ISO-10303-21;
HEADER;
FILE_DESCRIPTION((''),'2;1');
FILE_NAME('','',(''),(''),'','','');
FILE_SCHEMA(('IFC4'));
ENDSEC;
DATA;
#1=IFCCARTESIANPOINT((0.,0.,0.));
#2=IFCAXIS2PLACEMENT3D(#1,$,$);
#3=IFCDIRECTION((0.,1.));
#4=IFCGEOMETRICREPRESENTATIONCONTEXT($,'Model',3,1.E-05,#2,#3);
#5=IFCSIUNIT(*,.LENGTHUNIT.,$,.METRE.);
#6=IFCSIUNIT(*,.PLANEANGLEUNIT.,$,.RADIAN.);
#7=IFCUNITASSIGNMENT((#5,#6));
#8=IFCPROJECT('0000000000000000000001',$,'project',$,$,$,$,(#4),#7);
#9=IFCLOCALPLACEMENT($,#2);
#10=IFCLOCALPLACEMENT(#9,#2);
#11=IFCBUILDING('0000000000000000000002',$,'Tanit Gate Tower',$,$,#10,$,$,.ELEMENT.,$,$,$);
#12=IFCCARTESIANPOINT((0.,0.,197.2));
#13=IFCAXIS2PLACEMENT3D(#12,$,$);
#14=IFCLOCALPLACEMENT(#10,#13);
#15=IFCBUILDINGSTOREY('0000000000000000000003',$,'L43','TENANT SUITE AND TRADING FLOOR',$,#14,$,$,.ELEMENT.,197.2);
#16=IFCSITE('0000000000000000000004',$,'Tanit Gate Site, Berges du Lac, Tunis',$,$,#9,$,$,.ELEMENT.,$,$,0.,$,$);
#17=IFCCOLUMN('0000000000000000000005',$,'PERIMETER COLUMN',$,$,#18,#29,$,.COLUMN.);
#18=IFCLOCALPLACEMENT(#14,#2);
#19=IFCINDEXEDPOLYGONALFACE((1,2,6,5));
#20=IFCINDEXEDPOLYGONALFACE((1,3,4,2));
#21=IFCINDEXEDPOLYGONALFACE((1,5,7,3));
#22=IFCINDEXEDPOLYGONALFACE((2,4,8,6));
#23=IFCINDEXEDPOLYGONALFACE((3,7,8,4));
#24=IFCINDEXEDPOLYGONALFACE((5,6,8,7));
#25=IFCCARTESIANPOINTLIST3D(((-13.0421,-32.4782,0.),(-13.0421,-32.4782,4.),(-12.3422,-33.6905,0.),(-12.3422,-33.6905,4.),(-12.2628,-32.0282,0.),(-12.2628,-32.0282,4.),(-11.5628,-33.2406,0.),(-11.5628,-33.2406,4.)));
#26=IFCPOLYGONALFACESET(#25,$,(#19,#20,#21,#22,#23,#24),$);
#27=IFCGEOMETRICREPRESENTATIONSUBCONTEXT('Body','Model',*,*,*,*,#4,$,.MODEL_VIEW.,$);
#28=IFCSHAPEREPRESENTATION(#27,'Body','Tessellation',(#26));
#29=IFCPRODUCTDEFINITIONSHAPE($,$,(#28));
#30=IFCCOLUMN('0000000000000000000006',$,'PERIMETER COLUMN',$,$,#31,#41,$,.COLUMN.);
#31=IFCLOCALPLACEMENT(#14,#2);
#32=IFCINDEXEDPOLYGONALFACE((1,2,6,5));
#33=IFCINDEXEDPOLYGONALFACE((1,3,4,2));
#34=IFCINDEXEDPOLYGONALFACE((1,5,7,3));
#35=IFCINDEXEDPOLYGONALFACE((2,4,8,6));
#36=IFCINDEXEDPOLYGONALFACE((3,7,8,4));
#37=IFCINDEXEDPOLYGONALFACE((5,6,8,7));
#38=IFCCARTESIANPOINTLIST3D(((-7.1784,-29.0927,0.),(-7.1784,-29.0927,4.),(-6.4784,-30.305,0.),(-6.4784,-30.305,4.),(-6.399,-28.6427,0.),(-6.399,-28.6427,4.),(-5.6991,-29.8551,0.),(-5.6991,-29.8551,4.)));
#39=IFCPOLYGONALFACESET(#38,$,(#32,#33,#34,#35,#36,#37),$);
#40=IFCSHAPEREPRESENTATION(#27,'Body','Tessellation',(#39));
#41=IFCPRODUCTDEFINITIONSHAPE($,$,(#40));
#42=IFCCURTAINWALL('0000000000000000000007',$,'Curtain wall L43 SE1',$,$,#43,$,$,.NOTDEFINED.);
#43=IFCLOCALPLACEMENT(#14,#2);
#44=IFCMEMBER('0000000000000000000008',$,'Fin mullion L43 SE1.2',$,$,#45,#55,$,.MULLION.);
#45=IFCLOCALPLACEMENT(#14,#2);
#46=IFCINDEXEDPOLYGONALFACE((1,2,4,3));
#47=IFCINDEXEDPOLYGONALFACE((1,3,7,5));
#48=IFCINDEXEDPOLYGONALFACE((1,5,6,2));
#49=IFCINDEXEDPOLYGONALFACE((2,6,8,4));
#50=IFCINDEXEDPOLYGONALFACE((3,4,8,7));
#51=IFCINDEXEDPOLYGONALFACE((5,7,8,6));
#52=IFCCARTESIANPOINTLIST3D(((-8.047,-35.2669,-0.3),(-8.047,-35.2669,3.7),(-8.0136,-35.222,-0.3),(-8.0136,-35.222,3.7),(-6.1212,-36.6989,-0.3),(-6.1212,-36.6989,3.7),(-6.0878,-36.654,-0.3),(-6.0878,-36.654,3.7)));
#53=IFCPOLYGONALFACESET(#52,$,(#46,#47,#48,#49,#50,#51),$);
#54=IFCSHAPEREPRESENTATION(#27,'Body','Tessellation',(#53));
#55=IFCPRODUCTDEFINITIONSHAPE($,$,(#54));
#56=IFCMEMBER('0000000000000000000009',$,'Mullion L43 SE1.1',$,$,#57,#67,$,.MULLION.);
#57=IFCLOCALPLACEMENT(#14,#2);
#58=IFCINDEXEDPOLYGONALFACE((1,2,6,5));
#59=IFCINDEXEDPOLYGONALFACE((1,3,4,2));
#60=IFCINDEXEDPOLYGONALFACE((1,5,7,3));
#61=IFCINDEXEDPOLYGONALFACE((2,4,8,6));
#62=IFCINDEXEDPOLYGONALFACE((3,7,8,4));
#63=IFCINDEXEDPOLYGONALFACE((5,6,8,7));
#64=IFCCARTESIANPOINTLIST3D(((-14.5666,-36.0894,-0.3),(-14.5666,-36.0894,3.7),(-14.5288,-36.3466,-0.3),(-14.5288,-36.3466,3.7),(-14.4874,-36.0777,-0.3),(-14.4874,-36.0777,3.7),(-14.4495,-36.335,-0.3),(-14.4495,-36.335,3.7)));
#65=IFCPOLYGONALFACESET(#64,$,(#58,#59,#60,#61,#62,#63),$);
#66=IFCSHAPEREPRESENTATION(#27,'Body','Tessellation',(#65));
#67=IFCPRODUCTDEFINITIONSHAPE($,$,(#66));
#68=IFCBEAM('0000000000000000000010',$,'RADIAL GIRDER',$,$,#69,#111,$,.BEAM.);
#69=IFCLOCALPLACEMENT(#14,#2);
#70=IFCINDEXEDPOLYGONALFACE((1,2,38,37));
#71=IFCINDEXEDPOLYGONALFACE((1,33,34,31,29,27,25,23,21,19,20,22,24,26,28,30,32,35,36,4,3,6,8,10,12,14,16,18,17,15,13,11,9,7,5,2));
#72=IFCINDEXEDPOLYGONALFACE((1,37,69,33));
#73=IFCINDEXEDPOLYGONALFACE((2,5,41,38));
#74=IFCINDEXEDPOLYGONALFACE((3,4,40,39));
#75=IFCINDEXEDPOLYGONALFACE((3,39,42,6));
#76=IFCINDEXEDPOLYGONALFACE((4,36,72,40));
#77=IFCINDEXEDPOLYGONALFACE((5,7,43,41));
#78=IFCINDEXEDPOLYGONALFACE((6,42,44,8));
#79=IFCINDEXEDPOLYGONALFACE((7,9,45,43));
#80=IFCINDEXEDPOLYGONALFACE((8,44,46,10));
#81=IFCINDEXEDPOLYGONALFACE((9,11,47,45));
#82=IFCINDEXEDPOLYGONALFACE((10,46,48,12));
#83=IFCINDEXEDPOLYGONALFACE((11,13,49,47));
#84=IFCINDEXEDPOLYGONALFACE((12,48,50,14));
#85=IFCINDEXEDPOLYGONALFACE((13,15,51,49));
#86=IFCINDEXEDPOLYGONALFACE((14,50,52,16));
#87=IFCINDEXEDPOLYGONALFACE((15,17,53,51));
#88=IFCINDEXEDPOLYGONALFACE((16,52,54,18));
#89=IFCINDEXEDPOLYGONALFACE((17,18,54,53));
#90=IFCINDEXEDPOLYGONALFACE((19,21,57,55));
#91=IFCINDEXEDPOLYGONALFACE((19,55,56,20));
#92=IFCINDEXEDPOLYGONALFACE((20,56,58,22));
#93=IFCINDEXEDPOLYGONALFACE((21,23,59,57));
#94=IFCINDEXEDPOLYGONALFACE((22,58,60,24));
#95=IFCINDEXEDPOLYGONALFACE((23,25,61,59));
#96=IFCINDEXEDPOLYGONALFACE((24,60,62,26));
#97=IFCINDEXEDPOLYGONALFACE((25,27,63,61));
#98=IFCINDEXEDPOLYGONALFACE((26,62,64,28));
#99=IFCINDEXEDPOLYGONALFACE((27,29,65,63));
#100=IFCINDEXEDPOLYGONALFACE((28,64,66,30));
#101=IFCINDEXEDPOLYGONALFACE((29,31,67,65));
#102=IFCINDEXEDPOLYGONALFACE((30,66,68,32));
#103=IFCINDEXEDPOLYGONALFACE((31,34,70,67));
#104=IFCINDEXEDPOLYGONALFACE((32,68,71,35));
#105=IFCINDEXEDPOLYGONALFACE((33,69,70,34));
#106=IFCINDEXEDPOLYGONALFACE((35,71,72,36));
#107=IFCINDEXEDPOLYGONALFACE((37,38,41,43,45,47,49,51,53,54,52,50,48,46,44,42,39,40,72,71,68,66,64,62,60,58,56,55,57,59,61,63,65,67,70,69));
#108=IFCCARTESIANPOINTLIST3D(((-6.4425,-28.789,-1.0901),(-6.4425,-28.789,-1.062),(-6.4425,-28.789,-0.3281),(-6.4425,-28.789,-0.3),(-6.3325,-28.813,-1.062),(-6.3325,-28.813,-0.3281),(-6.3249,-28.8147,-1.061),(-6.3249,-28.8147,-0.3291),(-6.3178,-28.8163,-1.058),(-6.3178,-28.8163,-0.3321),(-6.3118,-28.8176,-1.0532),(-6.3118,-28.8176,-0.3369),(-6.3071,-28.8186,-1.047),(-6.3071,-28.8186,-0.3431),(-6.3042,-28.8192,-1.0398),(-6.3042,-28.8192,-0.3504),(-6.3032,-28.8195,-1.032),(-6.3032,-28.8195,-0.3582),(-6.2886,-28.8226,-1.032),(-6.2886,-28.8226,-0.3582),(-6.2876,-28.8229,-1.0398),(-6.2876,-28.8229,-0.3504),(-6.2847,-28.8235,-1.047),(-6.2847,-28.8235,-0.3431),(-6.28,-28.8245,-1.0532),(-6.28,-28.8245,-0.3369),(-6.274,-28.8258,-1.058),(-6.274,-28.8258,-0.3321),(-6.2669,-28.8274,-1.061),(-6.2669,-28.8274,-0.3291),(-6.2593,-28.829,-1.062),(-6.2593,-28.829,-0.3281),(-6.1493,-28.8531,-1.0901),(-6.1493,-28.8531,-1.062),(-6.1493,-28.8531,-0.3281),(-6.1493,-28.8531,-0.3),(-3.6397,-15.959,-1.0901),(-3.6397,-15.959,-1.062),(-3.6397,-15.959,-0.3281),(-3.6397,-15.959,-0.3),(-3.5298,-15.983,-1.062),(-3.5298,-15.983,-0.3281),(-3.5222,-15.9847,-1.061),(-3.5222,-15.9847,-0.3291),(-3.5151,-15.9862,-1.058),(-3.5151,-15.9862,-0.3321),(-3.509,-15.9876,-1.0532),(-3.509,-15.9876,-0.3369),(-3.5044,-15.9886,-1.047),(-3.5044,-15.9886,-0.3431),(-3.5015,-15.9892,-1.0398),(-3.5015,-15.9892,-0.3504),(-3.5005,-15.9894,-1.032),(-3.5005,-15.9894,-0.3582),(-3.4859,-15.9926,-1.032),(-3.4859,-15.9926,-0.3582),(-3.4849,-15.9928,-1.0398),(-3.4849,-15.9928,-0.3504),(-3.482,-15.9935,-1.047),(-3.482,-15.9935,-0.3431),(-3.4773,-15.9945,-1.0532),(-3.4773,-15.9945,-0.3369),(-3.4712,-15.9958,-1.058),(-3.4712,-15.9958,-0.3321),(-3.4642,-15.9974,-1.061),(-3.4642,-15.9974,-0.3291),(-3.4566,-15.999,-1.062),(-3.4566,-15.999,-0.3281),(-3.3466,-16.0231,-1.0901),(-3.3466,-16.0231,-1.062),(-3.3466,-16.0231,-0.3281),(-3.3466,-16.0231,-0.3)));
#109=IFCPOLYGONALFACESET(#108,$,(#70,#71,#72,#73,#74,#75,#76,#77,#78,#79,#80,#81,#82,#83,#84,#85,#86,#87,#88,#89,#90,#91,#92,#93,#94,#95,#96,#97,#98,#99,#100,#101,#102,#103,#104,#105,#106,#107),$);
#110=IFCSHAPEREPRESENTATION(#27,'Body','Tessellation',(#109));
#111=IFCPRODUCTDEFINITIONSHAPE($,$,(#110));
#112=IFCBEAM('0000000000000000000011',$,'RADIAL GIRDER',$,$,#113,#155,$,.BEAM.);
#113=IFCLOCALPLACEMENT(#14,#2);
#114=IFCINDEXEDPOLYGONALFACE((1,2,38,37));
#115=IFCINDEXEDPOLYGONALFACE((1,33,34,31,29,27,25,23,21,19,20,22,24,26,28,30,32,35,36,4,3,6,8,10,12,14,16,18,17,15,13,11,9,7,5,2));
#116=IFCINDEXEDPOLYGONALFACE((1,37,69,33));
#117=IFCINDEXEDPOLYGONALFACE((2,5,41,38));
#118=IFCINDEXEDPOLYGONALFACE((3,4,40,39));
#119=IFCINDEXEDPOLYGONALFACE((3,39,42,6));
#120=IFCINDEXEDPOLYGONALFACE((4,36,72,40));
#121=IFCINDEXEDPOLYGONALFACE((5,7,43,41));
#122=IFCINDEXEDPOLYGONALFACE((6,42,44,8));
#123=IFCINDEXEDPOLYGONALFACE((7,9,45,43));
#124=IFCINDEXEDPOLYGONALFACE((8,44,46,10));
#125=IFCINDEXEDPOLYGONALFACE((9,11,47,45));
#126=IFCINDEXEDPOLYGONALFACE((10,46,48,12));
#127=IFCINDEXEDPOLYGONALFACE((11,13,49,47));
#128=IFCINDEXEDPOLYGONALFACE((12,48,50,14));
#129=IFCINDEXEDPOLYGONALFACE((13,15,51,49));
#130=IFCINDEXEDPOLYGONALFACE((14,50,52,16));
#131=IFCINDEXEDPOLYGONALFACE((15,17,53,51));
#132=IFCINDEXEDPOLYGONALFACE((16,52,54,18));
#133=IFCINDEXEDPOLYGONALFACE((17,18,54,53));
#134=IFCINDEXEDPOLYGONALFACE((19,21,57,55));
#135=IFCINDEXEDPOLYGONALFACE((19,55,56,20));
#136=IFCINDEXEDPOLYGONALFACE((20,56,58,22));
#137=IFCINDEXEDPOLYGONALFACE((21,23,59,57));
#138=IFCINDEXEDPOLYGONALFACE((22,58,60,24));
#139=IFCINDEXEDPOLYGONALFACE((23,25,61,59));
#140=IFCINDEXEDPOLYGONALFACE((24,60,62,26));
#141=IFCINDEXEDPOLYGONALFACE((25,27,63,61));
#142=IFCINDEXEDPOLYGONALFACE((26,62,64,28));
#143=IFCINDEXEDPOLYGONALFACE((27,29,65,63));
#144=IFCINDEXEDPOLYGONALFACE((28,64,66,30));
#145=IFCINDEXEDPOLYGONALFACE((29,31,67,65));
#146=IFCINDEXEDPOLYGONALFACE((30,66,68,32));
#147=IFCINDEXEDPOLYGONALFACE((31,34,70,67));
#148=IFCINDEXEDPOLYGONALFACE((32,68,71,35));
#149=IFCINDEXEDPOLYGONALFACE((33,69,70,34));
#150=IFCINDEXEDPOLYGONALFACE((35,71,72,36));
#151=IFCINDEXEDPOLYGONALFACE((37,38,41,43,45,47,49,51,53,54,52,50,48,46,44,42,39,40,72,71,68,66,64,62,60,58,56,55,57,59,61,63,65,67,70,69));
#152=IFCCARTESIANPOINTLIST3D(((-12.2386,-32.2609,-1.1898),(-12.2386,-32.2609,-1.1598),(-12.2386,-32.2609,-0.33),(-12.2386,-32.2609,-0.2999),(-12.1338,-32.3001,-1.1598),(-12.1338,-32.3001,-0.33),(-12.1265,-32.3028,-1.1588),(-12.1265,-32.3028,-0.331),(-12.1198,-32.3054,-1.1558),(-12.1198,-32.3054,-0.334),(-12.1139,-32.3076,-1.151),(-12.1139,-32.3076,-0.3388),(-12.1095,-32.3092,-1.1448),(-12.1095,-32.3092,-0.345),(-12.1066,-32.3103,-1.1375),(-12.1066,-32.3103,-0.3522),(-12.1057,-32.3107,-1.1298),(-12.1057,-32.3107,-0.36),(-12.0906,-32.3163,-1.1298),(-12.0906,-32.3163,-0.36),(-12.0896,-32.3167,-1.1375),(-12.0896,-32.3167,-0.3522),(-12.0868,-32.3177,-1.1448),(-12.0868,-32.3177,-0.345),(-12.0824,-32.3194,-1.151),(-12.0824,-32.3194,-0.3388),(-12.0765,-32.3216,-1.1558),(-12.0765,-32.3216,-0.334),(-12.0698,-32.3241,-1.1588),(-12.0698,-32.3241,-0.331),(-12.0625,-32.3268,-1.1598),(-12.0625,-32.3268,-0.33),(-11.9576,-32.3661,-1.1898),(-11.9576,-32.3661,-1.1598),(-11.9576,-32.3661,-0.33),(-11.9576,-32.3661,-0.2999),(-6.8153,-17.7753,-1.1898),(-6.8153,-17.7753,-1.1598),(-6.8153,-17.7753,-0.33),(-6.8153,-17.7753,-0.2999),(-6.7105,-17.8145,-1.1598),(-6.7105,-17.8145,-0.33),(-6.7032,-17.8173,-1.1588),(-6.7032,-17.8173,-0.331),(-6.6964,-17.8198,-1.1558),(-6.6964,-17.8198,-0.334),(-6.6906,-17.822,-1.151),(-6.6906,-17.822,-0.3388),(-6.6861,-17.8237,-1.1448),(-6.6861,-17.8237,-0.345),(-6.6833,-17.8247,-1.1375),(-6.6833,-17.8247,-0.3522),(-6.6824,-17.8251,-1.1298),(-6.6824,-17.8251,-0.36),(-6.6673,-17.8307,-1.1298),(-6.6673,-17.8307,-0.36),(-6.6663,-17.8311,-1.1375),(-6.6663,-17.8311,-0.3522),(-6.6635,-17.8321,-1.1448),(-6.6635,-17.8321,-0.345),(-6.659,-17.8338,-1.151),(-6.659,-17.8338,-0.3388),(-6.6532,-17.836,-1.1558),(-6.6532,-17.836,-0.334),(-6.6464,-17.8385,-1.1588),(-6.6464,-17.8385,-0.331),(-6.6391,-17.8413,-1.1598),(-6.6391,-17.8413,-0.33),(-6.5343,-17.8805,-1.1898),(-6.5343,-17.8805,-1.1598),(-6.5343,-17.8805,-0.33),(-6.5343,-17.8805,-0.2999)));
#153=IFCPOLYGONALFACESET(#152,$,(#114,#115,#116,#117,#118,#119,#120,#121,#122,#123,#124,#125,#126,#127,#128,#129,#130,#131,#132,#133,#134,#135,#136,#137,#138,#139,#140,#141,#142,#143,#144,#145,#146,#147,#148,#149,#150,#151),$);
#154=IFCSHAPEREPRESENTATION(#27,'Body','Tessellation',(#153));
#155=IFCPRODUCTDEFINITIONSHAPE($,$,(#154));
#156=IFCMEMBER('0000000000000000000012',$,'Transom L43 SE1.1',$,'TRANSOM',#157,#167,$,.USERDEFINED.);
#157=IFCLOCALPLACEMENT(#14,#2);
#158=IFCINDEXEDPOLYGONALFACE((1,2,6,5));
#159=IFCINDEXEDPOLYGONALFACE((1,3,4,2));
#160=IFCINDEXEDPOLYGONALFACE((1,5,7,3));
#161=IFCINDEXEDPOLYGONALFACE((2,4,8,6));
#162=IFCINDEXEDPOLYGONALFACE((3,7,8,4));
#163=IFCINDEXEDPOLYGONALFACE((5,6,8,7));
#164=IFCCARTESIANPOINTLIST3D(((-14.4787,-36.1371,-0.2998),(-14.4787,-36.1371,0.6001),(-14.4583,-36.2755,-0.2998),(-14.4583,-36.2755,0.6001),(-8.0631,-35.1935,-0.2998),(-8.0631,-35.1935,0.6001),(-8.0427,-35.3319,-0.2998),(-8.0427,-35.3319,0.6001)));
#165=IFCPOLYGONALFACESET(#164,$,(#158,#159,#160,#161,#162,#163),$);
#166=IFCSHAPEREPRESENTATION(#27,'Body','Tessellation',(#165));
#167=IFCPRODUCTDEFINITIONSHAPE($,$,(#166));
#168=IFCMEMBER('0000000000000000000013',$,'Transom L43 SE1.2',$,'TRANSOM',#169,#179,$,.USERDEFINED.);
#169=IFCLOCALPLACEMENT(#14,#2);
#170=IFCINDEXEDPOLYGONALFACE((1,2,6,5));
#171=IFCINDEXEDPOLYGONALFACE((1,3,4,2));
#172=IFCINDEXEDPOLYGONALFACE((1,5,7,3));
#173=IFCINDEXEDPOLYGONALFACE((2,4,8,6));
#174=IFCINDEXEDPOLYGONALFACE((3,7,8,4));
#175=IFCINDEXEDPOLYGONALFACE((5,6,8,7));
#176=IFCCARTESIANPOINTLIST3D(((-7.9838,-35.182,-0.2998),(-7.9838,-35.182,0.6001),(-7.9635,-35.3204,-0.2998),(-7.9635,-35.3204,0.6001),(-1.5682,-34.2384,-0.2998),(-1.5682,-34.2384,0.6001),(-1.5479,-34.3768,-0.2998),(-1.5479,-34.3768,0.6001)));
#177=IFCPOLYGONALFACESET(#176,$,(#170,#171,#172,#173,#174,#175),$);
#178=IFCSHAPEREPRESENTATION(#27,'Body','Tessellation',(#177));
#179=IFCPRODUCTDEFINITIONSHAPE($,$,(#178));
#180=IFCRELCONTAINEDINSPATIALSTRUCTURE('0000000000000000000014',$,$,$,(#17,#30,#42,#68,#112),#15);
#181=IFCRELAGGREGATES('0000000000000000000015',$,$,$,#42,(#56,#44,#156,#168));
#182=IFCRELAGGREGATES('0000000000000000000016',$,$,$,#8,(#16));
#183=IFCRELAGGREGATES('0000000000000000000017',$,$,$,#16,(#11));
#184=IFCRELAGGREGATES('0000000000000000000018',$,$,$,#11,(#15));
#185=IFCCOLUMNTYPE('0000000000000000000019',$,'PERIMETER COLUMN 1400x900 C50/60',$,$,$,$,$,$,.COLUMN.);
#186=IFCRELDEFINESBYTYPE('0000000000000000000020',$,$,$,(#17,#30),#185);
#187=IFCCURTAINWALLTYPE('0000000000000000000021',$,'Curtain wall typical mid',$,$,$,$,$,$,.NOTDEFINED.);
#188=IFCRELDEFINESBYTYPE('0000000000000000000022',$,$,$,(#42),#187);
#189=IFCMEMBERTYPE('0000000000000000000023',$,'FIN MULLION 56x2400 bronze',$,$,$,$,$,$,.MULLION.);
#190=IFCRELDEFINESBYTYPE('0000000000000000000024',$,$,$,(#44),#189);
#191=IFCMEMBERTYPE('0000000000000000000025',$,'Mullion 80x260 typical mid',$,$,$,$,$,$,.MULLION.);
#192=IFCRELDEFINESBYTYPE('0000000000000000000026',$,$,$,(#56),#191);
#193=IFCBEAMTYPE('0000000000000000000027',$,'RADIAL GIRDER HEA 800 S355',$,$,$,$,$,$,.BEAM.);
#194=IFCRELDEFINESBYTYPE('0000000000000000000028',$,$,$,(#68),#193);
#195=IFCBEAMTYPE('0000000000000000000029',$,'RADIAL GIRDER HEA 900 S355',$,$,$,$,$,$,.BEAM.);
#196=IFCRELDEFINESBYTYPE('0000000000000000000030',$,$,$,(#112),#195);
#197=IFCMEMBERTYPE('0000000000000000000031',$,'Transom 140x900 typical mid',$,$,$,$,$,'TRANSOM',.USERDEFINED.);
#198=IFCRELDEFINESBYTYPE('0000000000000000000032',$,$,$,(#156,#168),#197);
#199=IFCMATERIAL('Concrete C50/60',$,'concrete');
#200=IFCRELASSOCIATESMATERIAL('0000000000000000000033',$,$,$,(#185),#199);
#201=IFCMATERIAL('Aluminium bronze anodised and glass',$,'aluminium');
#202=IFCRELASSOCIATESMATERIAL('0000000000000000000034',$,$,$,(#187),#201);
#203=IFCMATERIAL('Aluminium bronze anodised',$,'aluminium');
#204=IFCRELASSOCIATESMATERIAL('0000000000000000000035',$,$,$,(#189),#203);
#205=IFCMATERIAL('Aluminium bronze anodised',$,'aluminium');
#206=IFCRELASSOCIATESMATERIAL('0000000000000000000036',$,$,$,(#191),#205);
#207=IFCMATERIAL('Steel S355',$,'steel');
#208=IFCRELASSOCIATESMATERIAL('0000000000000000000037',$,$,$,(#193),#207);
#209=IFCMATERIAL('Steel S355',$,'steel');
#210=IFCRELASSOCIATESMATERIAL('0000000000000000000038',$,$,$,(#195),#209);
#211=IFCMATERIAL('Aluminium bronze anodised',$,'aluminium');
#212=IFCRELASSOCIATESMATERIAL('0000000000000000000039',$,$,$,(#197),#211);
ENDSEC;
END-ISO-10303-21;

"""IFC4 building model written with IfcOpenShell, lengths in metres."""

from ifc_helpers import new_model, si_unit, direction, frame, origin, origin_2d, place, context, subcontext, project, spatial, rectangle, i_section, extrude, material, material_profile, profile_set, type_object, element, aggregate, save


model = new_model("IFC4")

# Units and contexts
model_context = context("Model", 3, precision=1e-05, world=origin(), true_north=direction((0.0, 1.0)))
body_context = subcontext(model_context, "Body", "Model", "MODEL_VIEW")
ifc_project = project(units=[si_unit("LENGTHUNIT", "METRE"), si_unit("PLANEANGLEUNIT", "RADIAN")], contexts=[model_context])

# Site, building, storey
site_placement = place(None, origin())
site = spatial("IfcSite", under=ifc_project, at=site_placement, Name="Tanit Gate Site, Berges du Lac, Tunis", CompositionType="ELEMENT", RefElevation=0.0)
building_placement = place(site_placement, origin())
building = spatial("IfcBuilding", under=site, at=building_placement, Name="Tanit Gate Tower", CompositionType="ELEMENT")
storey_placement = place(building_placement, frame((0.0, 0.0, 197.2)))
storey = spatial("IfcBuildingStorey", under=building, at=storey_placement, Name="L43", Description="TENANT SUITE AND TRADING FLOOR", CompositionType="ELEMENT", Elevation=197.2)

# Columns
ifc_material_1 = material(Name="Concrete C50/60", Category="concrete")
ifc_material_profile_1 = material_profile(ifc_material_1, rectangle(XDim=1.3999, YDim=0.8999, at=origin_2d()), Name="RC 1400x900")
ifc_profile_set_1 = profile_set([ifc_material_profile_1], Name="Concrete C50/60")
column_type = type_object("IfcColumnType", Name="PERIMETER COLUMN 1400x900 C50/60", PredefinedType="COLUMN", material=ifc_profile_set_1)
for number, where, z_axis, x_axis, name in (
    (1, (-12.3025, -32.8594, 0.0), (0.0, 0.0, 1.0), (0.5, -0.866025, 0.0), "PERIMETER COLUMN"),
    (2, (-6.4387, -29.4739, 0.0), (0.0, 0.0, 1.0), (0.5, -0.866025, 0.0), "PERIMETER COLUMN"),
):
    element("IfcColumn", number, at=place(storey_placement, frame(where, z_axis=z_axis, x_axis=x_axis)), inside=storey, type_object=column_type, Name=name, PredefinedType="COLUMN", context=body_context, shape_type="SweptSolid", body=[
        extrude(rectangle(XDim=1.3999, YDim=0.8999, at=origin_2d()), origin(), (0.0, 0.0, 1.0), 4.0),
    ])

# Curtain wall, members
ifc_material_2 = material(Name="Aluminium bronze anodised and glass", Category="aluminium")
curtain_wall_type = type_object("IfcCurtainWallType", Name="Curtain wall typical mid", PredefinedType="NOTDEFINED", material=ifc_material_2)
curtain_wall_placement = place(storey_placement, origin())
curtain_wall = element("IfcCurtainWall", 3, at=curtain_wall_placement, inside=storey, type_object=curtain_wall_type, Name="Curtain wall L43 SE1", PredefinedType="NOTDEFINED")
ifc_material_3 = material(Name="Aluminium bronze anodised", Category="aluminium")
ifc_material_profile_2 = material_profile(ifc_material_3, rectangle(XDim=2.3999, YDim=0.0559, at=origin_2d()), Name="56x2400 bronze fin mullion")
ifc_profile_set_2 = profile_set([ifc_material_profile_2], Name="Aluminium bronze anodised")
member_type_1 = type_object("IfcMemberType", Name="FIN MULLION 56x2400 bronze", PredefinedType="MULLION", material=ifc_profile_set_2)
member_1_placement = place(storey_placement, frame((-7.0674, -35.9604, -0.3), z_axis=(0.0, 0.0, 1.0), x_axis=(-0.802457, 0.596709, 0.0)))
member_1 = element("IfcMember", 4, at=member_1_placement, type_object=member_type_1, Name="Fin mullion L43 SE1.2", PredefinedType="MULLION", context=body_context, shape_type="SweptSolid", body=[
    extrude(rectangle(XDim=2.3999, YDim=0.0559, at=origin_2d()), origin(), (0.0, 0.0, 1.0), 4.0),
])
ifc_material_4 = material(Name="Aluminium bronze anodised", Category="aluminium")
ifc_material_profile_3 = material_profile(ifc_material_4, rectangle(XDim=0.26, YDim=0.0801, at=origin_2d()), Name="80x260 bronze mullion")
ifc_profile_set_3 = profile_set([ifc_material_profile_3], Name="Aluminium bronze anodised")
member_type_2 = type_object("IfcMemberType", Name="Mullion 80x260 typical mid", PredefinedType="MULLION", material=ifc_profile_set_3)
member_2_placement = place(storey_placement, frame((-14.5081, -36.2122, -0.3), z_axis=(0.0, 0.0, 1.0), x_axis=(-0.145486, 0.98936, 0.0)))
member_2 = element("IfcMember", 5, at=member_2_placement, type_object=member_type_2, Name="Mullion L43 SE1.1", PredefinedType="MULLION", context=body_context, shape_type="SweptSolid", body=[
    extrude(rectangle(XDim=0.26, YDim=0.0801, at=origin_2d()), origin(), (0.0, 0.0, 1.0), 4.0),
])

# Beams
ifc_material_5 = material(Name="Steel S355", Category="steel")
ifc_material_profile_4 = material_profile(ifc_material_5, i_section(OverallWidth=0.3, OverallDepth=0.79, WebThickness=0.0149, FlangeThickness=0.0281, FilletRadius=0.03, at=origin_2d()), Name="HEA 800")
ifc_profile_set_4 = profile_set([ifc_material_profile_4], Name="Steel S355")
beam_type_1 = type_object("IfcBeamType", Name="RADIAL GIRDER HEA 800 S355", PredefinedType="BEAM", material=ifc_profile_set_4)
beam_1_placement = place(storey_placement, frame((-6.2959, -28.821, -0.6951), z_axis=(0.213417, 0.976961, 0.0), x_axis=(-0.976961, 0.213417, 0.0)))
element("IfcBeam", 6, at=beam_1_placement, inside=storey, type_object=beam_type_1, Name="RADIAL GIRDER", PredefinedType="BEAM", context=body_context, shape_type="SweptSolid", body=[
    extrude(i_section(OverallWidth=0.3, OverallDepth=0.79, WebThickness=0.0149, FlangeThickness=0.0281, FilletRadius=0.03, at=origin_2d()), origin(), (0.0, 0.0, 1.0), 13.1326),
])
ifc_material_6 = material(Name="Steel S355", Category="steel")
ifc_material_profile_5 = material_profile(ifc_material_6, i_section(OverallWidth=0.3, OverallDepth=0.8899, WebThickness=0.0161, FlangeThickness=0.03, FilletRadius=0.03, at=origin_2d()), Name="HEA 900")
ifc_profile_set_5 = profile_set([ifc_material_profile_5], Name="Steel S355")
beam_type_2 = type_object("IfcBeamType", Name="RADIAL GIRDER HEA 900 S355", PredefinedType="BEAM", material=ifc_profile_set_5)
beam_2_placement = place(storey_placement, frame((-12.0981, -32.3135, -0.7449), z_axis=(0.350627, 0.936515, 0.0), x_axis=(-0.936515, 0.350627, 0.0)))
element("IfcBeam", 7, at=beam_2_placement, inside=storey, type_object=beam_type_2, Name="RADIAL GIRDER", PredefinedType="BEAM", context=body_context, shape_type="SweptSolid", body=[
    extrude(i_section(OverallWidth=0.3, OverallDepth=0.8899, WebThickness=0.0161, FlangeThickness=0.03, FilletRadius=0.03, at=origin_2d()), origin(), (0.0, 0.0, 1.0), 15.4675),
])

# Members
ifc_material_7 = material(Name="Aluminium bronze anodised", Category="aluminium")
ifc_material_profile_6 = material_profile(ifc_material_7, rectangle(XDim=0.1399, YDim=0.8999, at=origin_2d()), Name="140x900 bronze transom")
ifc_profile_set_6 = profile_set([ifc_material_profile_6], Name="Aluminium bronze anodised")
member_type_3 = type_object("IfcMemberType", Name="Transom 140x900 typical mid", ElementType="TRANSOM", PredefinedType="USERDEFINED", material=ifc_profile_set_6)
member_3_placement = place(storey_placement, frame((-14.4685, -36.2063, 0.1501), z_axis=(0.989356, 0.145516, 0.0), x_axis=(-0.145516, 0.989356, 0.0)))
member_3 = element("IfcMember", 8, at=member_3_placement, type_object=member_type_3, Name="Transom L43 SE1.1", ObjectType="TRANSOM", PredefinedType="USERDEFINED", context=body_context, shape_type="SweptSolid", body=[
    extrude(rectangle(XDim=0.1399, YDim=0.8999, at=origin_2d()), origin(), (0.0, 0.0, 1.0), 6.4846),
])
member_4_placement = place(storey_placement, frame((-7.9736, -35.2512, 0.1501), z_axis=(0.989356, 0.145516, 0.0), x_axis=(-0.145516, 0.989356, 0.0)))
member_4 = element("IfcMember", 9, at=member_4_placement, type_object=member_type_3, Name="Transom L43 SE1.2", ObjectType="TRANSOM", PredefinedType="USERDEFINED", context=body_context, shape_type="SweptSolid", body=[
    extrude(rectangle(XDim=0.1399, YDim=0.8999, at=origin_2d()), origin(), (0.0, 0.0, 1.0), 6.4846),
])

aggregate(curtain_wall, [member_2, member_1, member_3, member_4])

save(model, "model.ifc")
